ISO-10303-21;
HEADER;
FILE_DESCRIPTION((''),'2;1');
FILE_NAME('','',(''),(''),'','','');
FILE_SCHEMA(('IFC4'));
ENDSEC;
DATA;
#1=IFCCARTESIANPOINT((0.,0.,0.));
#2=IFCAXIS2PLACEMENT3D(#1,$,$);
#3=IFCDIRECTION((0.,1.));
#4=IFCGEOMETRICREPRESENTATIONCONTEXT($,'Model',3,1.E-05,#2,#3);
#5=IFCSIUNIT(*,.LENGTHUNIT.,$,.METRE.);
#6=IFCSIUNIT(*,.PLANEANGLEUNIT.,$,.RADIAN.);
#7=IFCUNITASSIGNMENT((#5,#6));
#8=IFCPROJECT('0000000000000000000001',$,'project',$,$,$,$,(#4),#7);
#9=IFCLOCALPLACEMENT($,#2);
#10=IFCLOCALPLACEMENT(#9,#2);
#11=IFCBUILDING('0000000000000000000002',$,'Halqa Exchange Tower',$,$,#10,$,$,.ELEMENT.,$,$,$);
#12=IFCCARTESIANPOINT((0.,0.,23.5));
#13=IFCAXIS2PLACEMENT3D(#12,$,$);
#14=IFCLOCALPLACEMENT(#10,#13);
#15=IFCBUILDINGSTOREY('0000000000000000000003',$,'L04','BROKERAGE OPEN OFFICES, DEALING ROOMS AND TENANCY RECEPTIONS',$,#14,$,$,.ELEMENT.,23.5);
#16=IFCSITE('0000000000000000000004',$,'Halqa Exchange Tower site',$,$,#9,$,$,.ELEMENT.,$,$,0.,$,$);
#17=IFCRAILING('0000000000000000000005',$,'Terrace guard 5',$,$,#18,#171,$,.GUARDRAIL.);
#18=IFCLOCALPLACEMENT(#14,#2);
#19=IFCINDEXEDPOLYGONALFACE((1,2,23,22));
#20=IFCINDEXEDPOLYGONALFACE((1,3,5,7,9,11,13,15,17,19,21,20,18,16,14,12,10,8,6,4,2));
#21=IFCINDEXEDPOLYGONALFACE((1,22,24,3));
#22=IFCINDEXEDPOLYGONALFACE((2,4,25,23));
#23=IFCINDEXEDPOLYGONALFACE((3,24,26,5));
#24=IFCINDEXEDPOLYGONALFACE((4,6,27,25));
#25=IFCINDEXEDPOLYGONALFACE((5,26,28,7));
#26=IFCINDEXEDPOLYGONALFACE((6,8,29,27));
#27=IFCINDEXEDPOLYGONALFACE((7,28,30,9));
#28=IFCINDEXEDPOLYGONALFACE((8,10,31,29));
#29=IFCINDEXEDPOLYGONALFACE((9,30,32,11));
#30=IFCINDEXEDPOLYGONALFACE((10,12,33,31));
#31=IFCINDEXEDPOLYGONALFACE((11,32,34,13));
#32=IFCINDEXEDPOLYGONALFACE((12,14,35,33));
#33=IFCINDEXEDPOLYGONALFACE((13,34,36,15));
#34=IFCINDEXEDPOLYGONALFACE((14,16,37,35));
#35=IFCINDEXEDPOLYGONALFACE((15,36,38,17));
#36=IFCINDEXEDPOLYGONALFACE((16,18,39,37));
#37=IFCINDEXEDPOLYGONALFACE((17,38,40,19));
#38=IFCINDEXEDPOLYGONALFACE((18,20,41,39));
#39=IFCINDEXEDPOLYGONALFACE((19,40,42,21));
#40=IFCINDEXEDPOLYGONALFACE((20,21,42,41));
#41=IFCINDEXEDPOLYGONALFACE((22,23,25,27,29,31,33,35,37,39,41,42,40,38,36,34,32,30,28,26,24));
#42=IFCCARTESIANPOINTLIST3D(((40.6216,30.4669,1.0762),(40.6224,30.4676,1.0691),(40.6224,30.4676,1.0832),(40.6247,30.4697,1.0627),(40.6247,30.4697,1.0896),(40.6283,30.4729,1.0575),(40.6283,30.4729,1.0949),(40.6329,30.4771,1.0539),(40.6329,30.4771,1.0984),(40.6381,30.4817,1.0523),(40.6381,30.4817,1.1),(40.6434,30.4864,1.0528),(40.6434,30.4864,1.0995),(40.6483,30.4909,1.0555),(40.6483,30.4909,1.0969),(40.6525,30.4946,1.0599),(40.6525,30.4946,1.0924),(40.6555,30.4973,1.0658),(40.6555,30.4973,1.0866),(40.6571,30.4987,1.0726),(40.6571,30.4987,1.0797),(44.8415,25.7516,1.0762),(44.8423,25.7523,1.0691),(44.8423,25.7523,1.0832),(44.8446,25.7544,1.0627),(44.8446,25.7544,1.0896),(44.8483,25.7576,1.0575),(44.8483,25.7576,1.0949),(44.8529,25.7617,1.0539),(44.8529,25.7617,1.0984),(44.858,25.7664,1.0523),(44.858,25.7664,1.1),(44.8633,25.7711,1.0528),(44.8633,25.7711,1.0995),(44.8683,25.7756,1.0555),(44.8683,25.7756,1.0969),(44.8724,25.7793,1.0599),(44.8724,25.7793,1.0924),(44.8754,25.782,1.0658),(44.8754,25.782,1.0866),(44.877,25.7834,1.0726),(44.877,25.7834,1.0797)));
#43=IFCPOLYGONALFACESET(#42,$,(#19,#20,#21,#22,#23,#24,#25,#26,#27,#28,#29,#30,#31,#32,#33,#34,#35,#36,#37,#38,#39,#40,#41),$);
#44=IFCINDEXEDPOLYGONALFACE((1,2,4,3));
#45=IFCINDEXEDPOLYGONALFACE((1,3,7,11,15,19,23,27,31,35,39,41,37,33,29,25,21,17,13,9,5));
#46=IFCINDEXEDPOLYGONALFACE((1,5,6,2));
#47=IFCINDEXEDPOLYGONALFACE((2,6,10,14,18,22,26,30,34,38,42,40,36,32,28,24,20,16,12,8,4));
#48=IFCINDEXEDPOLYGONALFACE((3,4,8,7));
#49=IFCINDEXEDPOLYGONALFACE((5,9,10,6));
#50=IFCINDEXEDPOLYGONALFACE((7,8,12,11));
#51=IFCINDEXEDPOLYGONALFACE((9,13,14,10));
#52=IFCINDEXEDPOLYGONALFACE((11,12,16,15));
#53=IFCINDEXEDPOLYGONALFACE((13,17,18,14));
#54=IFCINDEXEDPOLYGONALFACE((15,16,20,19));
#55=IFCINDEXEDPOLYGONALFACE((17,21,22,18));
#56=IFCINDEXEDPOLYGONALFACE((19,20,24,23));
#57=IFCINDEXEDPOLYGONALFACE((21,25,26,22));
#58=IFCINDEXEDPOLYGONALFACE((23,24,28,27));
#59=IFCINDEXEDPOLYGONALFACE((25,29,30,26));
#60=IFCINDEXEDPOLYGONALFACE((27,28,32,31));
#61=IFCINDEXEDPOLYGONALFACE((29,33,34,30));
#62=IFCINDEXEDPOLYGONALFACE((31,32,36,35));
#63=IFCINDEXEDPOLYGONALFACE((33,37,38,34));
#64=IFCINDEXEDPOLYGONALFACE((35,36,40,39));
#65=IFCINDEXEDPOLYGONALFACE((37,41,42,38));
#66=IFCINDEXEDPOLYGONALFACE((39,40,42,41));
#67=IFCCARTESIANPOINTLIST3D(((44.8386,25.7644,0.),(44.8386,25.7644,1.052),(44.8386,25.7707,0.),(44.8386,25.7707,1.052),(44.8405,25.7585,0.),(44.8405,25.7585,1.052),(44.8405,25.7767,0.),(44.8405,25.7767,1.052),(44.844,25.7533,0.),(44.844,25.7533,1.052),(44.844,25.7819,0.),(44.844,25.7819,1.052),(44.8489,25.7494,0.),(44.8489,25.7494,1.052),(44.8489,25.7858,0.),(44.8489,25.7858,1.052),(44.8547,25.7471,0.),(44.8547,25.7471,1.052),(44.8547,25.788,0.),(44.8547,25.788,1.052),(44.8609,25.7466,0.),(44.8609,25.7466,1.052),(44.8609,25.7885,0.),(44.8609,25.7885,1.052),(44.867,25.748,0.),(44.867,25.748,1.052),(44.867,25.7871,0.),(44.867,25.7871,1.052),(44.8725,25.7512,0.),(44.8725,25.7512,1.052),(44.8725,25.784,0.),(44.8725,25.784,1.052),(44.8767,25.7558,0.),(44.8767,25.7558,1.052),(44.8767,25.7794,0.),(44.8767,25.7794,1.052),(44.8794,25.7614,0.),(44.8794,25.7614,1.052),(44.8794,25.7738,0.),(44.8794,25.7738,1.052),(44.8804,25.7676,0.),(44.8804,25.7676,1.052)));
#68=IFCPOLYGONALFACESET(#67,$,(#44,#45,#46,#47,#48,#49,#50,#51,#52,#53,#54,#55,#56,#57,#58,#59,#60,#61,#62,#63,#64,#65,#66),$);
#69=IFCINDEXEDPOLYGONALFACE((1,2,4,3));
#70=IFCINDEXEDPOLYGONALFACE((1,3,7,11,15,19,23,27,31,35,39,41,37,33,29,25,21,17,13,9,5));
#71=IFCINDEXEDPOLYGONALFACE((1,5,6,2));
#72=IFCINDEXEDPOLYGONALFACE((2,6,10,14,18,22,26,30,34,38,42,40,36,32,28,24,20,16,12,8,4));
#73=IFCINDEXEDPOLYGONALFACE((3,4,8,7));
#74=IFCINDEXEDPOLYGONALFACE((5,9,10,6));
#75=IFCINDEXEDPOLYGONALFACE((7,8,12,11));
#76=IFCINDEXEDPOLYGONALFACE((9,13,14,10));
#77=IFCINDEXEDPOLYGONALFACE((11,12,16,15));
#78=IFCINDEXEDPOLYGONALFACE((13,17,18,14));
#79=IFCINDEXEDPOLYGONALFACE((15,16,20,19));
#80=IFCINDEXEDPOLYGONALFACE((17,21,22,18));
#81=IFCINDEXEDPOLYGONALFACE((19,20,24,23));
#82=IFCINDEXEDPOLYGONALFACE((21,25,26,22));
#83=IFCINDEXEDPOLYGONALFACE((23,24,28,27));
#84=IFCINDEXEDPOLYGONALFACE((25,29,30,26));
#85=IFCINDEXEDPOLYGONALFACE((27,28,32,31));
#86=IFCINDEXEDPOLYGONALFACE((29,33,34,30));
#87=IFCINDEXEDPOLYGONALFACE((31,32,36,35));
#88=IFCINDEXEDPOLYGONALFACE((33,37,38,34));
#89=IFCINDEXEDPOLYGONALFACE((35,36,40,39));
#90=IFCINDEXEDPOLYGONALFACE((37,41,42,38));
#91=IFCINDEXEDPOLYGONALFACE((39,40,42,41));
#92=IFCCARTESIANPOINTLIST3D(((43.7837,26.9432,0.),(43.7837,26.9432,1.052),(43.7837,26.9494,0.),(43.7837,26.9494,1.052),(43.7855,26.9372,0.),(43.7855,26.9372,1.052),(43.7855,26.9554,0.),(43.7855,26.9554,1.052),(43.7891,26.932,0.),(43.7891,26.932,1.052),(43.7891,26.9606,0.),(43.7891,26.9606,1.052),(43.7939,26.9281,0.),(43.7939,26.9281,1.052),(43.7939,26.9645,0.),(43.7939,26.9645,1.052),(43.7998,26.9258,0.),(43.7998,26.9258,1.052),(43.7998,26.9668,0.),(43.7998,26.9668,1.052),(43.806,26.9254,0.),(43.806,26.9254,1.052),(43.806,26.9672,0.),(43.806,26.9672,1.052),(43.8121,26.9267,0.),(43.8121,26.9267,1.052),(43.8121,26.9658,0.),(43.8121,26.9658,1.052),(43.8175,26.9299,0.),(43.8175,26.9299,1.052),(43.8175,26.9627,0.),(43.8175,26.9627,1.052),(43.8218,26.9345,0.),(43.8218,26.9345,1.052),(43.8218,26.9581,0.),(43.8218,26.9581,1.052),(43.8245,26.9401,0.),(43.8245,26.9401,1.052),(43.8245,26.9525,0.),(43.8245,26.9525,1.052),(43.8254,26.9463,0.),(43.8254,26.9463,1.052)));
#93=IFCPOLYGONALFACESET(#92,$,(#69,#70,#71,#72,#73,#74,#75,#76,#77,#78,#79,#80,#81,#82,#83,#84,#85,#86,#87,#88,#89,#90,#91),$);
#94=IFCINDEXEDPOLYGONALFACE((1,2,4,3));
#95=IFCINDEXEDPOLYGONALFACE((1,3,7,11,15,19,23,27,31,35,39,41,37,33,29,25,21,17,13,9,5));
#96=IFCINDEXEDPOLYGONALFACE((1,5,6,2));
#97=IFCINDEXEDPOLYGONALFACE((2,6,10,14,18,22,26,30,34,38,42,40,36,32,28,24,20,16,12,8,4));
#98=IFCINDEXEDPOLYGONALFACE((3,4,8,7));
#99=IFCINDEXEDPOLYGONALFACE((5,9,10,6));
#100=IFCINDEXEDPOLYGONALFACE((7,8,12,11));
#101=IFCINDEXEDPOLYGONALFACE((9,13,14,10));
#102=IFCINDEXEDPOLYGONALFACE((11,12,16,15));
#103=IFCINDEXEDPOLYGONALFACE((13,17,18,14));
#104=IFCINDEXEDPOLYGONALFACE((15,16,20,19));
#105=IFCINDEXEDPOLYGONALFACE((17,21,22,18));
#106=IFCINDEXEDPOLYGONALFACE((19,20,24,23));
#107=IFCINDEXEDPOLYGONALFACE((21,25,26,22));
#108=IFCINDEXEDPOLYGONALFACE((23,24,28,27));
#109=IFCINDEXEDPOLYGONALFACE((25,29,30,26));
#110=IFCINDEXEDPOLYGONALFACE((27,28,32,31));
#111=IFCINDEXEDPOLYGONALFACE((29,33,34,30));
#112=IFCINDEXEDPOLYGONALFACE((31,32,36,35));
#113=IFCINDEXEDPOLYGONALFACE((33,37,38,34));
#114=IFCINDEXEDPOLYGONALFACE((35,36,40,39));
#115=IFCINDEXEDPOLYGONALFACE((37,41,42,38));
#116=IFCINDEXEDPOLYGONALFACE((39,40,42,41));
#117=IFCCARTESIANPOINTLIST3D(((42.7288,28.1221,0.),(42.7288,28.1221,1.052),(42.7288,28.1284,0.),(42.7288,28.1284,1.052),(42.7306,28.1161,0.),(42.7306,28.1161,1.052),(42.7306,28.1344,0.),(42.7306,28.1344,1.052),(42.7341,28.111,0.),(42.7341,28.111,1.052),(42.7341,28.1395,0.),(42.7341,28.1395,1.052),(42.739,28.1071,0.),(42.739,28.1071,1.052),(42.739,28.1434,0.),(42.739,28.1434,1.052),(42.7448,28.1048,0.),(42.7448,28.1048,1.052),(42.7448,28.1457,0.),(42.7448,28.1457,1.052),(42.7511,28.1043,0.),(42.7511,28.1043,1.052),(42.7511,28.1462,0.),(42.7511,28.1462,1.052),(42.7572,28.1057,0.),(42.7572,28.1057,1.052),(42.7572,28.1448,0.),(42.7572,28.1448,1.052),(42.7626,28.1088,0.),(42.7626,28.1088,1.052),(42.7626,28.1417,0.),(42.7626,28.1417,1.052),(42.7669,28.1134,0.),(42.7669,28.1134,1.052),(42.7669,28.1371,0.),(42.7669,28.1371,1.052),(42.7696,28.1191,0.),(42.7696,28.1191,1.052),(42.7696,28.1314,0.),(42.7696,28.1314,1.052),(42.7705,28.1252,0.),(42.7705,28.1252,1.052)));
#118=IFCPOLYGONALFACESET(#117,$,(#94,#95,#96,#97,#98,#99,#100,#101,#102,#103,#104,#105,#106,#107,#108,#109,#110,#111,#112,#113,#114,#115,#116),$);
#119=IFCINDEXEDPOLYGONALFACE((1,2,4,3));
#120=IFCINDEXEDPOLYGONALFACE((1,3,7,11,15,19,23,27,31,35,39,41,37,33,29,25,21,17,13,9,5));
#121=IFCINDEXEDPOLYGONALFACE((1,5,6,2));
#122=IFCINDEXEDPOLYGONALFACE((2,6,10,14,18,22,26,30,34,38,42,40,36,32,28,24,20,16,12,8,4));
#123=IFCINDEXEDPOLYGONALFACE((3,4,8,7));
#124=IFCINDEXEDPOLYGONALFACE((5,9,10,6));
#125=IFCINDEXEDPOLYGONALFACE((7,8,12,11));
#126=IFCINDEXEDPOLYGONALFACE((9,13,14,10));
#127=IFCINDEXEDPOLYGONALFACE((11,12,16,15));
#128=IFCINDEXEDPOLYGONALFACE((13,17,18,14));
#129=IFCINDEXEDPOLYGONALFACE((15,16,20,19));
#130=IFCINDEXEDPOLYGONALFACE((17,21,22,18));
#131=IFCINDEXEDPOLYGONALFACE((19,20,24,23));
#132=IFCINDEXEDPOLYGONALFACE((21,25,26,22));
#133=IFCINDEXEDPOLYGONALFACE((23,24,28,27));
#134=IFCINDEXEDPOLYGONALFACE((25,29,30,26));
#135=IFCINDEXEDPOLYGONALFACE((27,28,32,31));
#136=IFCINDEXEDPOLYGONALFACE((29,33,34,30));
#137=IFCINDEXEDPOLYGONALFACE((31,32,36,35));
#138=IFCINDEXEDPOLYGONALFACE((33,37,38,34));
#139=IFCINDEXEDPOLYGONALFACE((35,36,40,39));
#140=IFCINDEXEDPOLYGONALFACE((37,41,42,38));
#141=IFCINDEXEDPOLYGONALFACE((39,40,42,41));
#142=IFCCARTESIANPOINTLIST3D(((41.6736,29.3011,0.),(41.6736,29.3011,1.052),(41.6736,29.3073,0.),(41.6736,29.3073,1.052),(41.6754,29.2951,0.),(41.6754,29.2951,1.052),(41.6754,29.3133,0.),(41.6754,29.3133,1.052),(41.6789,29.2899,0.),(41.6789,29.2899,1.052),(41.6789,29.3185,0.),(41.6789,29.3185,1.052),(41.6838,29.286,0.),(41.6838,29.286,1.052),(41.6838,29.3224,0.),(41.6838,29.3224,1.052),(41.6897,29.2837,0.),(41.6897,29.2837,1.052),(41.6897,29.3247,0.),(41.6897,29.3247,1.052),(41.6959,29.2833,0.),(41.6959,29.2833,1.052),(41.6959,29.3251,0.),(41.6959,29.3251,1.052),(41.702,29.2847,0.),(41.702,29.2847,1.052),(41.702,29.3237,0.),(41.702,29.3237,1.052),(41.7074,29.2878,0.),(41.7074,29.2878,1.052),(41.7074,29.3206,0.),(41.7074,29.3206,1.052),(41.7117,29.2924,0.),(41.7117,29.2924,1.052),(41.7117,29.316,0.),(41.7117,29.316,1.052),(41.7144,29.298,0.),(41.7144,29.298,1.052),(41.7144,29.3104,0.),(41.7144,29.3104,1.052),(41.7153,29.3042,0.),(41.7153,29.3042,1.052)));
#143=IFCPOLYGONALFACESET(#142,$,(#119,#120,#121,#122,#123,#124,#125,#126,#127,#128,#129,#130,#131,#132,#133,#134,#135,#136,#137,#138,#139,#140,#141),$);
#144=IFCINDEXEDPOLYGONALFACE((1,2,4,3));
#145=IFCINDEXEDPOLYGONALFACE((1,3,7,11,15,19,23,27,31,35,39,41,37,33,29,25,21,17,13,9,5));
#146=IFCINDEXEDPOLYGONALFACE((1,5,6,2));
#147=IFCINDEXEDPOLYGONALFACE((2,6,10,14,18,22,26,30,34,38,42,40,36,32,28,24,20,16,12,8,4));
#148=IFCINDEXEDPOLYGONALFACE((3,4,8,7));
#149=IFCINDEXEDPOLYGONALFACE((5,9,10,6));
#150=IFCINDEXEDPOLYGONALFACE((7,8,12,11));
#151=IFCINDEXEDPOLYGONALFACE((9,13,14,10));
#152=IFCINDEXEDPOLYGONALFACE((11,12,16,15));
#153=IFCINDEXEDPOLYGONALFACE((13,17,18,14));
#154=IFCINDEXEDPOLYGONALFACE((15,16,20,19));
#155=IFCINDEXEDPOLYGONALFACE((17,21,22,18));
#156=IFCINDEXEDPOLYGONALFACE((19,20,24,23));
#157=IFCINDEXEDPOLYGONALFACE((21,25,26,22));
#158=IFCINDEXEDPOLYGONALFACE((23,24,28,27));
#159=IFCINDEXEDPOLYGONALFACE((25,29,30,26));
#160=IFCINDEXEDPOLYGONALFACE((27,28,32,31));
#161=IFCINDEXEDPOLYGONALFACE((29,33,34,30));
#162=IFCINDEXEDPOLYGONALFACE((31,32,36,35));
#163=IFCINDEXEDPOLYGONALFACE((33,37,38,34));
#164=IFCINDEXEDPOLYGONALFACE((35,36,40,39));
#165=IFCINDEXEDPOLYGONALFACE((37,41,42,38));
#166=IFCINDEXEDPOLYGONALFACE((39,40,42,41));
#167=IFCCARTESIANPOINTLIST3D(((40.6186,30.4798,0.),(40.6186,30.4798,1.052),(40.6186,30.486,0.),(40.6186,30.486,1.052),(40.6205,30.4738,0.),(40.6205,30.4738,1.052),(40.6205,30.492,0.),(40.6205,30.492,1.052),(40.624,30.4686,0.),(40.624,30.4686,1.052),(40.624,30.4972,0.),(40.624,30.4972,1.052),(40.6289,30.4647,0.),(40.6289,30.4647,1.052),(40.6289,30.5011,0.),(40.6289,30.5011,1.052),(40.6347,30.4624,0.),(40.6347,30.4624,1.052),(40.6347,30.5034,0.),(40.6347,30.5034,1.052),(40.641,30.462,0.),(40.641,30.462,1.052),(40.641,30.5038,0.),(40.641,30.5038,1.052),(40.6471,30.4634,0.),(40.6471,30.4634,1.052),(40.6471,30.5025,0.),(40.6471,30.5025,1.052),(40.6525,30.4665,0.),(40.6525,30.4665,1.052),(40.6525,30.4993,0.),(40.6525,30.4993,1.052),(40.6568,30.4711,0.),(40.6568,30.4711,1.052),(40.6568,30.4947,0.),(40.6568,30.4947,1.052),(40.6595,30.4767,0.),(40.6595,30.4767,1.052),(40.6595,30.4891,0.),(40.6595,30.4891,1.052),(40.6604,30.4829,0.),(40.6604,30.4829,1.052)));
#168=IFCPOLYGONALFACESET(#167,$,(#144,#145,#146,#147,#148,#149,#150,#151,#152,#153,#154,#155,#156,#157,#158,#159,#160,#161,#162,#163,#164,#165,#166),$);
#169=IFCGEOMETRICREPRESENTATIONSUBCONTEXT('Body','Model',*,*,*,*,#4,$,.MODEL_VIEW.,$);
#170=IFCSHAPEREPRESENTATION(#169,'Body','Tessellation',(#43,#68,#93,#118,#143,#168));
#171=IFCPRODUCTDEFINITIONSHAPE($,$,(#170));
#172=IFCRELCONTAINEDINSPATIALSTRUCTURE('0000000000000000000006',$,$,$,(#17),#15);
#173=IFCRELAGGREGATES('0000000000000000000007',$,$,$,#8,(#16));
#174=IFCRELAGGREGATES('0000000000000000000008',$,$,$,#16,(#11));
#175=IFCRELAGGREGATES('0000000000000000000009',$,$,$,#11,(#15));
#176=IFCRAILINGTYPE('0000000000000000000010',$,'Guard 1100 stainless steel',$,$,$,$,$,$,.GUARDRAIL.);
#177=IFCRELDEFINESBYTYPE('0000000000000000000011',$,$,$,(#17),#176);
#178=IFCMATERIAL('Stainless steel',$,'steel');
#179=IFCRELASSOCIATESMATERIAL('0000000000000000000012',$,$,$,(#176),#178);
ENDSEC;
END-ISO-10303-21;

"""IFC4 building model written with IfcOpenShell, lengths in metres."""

from ifc_helpers import new_model, si_unit, direction, frame, origin, origin_2d, place, context, subcontext, project, spatial, circle, extrude, material, type_object, element, save


model = new_model("IFC4")

# Units and contexts
model_context = context("Model", 3, precision=1e-05, world=origin(), true_north=direction((0.0, 1.0)))
body_context = subcontext(model_context, "Body", "Model", "MODEL_VIEW")
ifc_project = project(units=[si_unit("LENGTHUNIT", "METRE"), si_unit("PLANEANGLEUNIT", "RADIAN")], contexts=[model_context])

# Site, building, storey
site_placement = place(None, origin())
site = spatial("IfcSite", under=ifc_project, at=site_placement, Name="Halqa Exchange Tower site", CompositionType="ELEMENT", RefElevation=0.0)
building_placement = place(site_placement, origin())
building = spatial("IfcBuilding", under=site, at=building_placement, Name="Halqa Exchange Tower", CompositionType="ELEMENT")
storey_placement = place(building_placement, frame((0.0, 0.0, 23.5)))
storey = spatial("IfcBuildingStorey", under=building, at=storey_placement, Name="L04", Description="BROKERAGE OPEN OFFICES, DEALING ROOMS AND TENANCY RECEPTIONS", CompositionType="ELEMENT", Elevation=23.5)

# Railing
ifc_material_1 = material(Name="Stainless steel", Category="steel")
railing_type = type_object("IfcRailingType", Name="Guard 1100 stainless steel", PredefinedType="GUARDRAIL", material=ifc_material_1)
railing_1_placement = place(storey_placement, frame((44.8594, 25.7676, 0.0)))
element("IfcRailing", 1, at=railing_1_placement, inside=storey, type_object=railing_type, Name="Terrace guard 5", PredefinedType="GUARDRAIL", context=body_context, shape_type="SweptSolid", body=[
    extrude(circle(Radius=0.0239, at=origin_2d()), frame((0.0, 0.0, 1.0762), z_axis=(-0.666882, 0.745164, 0.0), x_axis=(-0.745164, -0.666882, 0.0)), (0.0, 0.0, 1.0), 6.3279),
    extrude(circle(Radius=0.021, at=origin_2d()), origin(), (0.0, 0.0, 1.0), 1.052),
    extrude(circle(Radius=0.021, at=origin_2d()), frame((-1.0549, 1.1787, 0.0)), (0.0, 0.0, 1.0), 1.052),
    extrude(circle(Radius=0.021, at=origin_2d()), frame((-2.1099, 2.3577, 0.0)), (0.0, 0.0, 1.0), 1.052),
    extrude(circle(Radius=0.021, at=origin_2d()), frame((-3.165, 3.5366, 0.0)), (0.0, 0.0, 1.0), 1.052),
    extrude(circle(Radius=0.021, at=origin_2d()), frame((-4.22, 4.7153, 0.0)), (0.0, 0.0, 1.0), 1.052),
])

save(model, "model.ifc")
